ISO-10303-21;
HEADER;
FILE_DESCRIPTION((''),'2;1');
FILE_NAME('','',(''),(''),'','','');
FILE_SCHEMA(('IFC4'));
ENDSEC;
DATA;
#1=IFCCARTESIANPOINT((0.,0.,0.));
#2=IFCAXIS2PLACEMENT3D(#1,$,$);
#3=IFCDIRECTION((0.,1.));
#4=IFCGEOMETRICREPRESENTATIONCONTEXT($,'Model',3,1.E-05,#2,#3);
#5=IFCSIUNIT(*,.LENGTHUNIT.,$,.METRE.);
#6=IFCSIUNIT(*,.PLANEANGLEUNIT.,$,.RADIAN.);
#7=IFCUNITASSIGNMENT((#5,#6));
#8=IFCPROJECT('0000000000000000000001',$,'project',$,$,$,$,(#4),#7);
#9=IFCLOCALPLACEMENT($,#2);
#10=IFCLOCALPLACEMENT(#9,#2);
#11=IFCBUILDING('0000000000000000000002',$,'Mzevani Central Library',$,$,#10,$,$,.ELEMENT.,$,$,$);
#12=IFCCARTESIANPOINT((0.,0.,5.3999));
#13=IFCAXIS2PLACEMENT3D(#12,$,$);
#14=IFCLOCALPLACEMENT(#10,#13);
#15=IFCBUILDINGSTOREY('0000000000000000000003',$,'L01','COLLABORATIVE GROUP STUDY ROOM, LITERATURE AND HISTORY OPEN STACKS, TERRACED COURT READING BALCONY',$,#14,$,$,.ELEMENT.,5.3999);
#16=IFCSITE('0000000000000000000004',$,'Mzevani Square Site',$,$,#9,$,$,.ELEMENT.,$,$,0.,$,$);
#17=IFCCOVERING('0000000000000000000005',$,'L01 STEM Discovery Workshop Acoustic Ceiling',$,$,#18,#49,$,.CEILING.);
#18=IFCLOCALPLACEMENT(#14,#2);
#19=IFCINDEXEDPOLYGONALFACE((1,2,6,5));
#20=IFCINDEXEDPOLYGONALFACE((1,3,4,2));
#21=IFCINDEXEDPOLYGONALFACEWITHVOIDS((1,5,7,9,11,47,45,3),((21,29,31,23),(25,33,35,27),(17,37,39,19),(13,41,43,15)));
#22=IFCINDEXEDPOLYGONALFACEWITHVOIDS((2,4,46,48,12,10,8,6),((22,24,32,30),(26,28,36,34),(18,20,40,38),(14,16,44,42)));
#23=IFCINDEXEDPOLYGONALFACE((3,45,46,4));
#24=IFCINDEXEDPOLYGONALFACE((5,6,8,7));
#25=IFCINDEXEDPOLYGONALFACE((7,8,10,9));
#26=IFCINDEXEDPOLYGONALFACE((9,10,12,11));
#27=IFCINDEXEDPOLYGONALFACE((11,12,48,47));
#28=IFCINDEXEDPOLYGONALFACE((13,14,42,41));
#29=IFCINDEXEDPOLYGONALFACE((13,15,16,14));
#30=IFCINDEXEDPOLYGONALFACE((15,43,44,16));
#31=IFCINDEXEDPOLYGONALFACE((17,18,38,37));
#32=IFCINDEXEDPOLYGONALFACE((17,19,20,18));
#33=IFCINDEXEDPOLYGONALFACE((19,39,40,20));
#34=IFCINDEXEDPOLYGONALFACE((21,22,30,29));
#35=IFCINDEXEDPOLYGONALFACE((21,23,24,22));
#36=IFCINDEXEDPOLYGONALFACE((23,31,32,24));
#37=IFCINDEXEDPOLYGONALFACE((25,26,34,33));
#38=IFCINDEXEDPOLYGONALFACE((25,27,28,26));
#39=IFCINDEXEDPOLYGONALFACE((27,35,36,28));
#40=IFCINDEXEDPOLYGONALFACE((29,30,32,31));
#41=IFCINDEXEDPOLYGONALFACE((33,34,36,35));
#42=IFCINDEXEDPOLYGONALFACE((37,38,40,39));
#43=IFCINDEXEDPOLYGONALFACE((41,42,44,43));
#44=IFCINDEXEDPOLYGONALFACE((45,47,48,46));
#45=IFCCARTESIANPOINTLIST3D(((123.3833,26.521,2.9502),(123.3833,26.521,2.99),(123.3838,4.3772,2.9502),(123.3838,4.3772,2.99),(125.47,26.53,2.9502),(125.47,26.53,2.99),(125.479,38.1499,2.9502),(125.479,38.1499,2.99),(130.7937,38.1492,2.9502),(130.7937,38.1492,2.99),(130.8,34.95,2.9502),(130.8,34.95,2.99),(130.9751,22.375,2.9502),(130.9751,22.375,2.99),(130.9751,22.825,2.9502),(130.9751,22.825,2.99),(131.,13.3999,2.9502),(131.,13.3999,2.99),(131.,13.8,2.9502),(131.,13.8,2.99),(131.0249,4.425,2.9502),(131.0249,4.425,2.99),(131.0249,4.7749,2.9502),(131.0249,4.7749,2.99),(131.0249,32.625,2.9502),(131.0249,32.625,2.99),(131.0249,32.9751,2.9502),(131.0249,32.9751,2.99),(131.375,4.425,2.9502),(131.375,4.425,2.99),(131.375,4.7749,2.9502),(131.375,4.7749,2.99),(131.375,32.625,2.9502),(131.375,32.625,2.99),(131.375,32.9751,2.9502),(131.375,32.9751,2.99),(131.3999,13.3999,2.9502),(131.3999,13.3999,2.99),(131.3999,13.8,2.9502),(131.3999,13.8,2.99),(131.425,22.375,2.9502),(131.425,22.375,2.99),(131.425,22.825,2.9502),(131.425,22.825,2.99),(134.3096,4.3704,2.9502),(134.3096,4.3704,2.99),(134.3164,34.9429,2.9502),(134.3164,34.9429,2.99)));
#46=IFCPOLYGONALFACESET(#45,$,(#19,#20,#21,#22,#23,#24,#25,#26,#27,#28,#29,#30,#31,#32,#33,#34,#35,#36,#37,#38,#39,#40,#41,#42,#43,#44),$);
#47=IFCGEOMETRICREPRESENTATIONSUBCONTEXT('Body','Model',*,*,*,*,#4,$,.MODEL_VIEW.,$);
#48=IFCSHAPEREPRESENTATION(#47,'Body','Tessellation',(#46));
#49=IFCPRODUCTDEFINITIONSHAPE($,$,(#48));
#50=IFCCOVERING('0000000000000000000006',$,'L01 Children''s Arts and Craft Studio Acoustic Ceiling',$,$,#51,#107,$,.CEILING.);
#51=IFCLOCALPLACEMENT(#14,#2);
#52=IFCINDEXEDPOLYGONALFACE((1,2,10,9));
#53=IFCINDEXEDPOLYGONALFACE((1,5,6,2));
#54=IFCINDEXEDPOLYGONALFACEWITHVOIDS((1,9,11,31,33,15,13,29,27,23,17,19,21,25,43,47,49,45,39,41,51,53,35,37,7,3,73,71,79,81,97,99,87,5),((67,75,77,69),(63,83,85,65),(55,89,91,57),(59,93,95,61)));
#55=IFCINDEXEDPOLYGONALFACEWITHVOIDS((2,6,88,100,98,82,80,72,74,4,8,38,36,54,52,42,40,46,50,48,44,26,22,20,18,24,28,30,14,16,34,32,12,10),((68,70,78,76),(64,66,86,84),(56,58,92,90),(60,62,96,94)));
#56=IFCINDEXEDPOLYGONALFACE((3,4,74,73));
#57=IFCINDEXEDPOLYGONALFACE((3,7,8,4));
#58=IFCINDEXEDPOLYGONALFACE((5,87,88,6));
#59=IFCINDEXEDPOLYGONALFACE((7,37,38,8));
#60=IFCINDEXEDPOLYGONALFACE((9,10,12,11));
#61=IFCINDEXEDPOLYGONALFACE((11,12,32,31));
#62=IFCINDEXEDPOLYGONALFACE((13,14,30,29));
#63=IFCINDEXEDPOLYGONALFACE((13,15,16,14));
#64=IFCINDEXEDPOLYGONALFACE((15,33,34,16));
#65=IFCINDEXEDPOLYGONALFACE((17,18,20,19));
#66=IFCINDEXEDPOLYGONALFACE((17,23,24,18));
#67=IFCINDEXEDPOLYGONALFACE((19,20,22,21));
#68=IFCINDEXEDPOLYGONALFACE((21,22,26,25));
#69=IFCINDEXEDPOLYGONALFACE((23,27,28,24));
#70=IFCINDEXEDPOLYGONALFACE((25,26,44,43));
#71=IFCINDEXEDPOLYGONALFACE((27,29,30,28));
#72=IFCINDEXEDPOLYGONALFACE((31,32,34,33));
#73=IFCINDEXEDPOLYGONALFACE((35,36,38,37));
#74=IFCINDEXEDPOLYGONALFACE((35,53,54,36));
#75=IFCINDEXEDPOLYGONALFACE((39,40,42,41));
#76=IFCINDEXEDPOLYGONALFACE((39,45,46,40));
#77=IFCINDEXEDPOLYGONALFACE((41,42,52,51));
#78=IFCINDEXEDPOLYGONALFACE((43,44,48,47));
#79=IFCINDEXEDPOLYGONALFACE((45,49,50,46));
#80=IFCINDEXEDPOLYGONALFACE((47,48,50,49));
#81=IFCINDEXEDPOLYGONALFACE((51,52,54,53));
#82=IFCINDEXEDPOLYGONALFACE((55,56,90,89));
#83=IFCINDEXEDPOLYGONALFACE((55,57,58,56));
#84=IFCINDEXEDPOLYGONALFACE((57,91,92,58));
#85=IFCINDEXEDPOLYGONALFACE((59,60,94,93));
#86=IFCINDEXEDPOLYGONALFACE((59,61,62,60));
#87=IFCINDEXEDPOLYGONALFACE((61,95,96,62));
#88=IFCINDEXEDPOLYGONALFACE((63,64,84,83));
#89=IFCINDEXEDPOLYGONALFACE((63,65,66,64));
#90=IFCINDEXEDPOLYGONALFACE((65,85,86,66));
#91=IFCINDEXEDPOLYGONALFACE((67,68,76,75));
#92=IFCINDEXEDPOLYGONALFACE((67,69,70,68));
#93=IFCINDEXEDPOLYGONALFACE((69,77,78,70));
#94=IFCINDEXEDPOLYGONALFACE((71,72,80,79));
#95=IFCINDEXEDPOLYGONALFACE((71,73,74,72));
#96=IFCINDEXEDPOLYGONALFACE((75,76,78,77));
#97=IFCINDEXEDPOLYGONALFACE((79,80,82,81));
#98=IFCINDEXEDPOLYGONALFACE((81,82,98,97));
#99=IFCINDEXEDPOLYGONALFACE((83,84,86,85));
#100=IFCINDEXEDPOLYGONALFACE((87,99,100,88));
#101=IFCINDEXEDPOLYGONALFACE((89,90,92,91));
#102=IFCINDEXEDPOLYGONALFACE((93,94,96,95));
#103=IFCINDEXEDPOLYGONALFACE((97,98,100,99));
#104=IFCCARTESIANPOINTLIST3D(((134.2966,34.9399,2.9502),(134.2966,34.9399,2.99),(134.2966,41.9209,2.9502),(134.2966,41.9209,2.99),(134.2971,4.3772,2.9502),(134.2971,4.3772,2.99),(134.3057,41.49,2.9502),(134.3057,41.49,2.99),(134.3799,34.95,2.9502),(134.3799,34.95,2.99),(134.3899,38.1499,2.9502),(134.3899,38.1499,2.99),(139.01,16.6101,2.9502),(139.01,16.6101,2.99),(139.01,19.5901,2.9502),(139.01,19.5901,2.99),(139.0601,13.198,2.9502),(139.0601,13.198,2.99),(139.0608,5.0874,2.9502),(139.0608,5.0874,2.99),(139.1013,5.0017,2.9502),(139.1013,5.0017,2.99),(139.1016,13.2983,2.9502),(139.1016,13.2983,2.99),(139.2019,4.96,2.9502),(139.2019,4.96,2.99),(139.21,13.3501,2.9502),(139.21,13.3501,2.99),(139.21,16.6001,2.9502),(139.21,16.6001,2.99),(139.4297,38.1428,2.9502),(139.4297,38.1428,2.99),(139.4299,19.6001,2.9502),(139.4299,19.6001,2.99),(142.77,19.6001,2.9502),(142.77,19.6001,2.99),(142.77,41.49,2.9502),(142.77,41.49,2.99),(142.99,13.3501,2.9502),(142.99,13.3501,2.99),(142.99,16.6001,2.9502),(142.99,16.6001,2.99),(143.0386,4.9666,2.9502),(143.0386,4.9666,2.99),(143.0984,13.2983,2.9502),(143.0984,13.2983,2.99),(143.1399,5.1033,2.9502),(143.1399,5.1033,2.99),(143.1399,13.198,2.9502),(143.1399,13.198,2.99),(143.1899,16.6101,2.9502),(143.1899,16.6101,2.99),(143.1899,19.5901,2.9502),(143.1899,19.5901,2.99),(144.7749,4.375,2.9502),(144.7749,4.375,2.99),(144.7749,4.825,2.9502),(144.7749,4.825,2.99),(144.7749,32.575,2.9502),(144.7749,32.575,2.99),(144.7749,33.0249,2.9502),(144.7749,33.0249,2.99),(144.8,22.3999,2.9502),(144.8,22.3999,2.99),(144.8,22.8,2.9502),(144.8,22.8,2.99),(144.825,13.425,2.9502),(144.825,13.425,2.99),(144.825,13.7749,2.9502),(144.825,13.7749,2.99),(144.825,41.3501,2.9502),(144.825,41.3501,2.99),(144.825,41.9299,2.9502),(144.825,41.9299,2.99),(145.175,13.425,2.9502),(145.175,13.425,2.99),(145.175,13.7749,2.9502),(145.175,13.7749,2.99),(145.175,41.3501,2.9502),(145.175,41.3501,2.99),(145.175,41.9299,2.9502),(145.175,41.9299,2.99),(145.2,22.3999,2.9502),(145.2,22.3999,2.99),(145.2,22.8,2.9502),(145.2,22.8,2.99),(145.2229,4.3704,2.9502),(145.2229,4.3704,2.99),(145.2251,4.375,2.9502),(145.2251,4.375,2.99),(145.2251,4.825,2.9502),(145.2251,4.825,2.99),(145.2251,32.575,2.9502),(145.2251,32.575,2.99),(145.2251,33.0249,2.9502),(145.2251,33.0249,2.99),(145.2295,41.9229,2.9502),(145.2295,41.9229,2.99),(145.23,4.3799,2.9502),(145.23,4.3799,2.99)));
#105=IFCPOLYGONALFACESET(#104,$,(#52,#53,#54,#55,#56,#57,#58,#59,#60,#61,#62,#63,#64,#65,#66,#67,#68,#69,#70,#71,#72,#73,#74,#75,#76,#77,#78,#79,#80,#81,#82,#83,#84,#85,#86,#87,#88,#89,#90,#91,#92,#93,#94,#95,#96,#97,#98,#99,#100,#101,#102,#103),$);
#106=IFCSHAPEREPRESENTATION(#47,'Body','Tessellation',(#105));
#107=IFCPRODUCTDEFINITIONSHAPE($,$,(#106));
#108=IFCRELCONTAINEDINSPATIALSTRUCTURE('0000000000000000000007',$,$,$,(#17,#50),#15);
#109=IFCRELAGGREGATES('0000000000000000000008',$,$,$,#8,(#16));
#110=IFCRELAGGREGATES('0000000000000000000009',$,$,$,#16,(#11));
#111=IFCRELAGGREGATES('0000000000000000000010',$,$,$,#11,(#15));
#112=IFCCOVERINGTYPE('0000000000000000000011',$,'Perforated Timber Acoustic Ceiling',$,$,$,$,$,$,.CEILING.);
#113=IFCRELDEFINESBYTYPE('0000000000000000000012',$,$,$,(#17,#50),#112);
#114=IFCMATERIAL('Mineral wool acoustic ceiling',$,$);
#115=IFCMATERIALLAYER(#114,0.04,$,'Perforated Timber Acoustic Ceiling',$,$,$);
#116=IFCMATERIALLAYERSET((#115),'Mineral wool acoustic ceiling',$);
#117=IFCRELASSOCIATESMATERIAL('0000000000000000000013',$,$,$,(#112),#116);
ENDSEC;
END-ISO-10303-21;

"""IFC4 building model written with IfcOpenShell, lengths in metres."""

from ifc_helpers import new_model, si_unit, direction, frame, origin, place, context, subcontext, project, spatial, polyline, outline, extrude, material, layer, layer_set, type_object, element, save


model = new_model("IFC4")

# Units and contexts
model_context = context("Model", 3, precision=1e-05, world=origin(), true_north=direction((0.0, 1.0)))
body_context = subcontext(model_context, "Body", "Model", "MODEL_VIEW")
ifc_project = project(units=[si_unit("LENGTHUNIT", "METRE"), si_unit("PLANEANGLEUNIT", "RADIAN")], contexts=[model_context])

# Site, building, storey
site_placement = place(None, origin())
site = spatial("IfcSite", under=ifc_project, at=site_placement, Name="Mzevani Square Site", CompositionType="ELEMENT", RefElevation=0.0)
building_placement = place(site_placement, origin())
building = spatial("IfcBuilding", under=site, at=building_placement, Name="Mzevani Central Library", CompositionType="ELEMENT")
storey_placement = place(building_placement, frame((0.0, 0.0, 5.3999)))
storey = spatial("IfcBuildingStorey", under=building, at=storey_placement, Name="L01", Description="COLLABORATIVE GROUP STUDY ROOM, LITERATURE AND HISTORY OPEN STACKS, TERRACED COURT READING BALCONY", CompositionType="ELEMENT", Elevation=5.3999)

# Coverings
ifc_material_1 = material(Name="Mineral wool acoustic ceiling")
ifc_layer_1 = layer(ifc_material_1, 0.04, Name="Perforated Timber Acoustic Ceiling")
ifc_layer_set_1 = layer_set([ifc_layer_1], Name="Mineral wool acoustic ceiling")
covering_type_1 = type_object("IfcCoveringType", Name="Perforated Timber Acoustic Ceiling", PredefinedType="CEILING", material=ifc_layer_set_1)
covering_1_placement = place(storey_placement, frame((0.0, 0.0, 2.9502)))
element("IfcCovering", 1, at=covering_1_placement, inside=storey, type_object=covering_type_1, Name="L01 STEM Discovery Workshop Acoustic Ceiling", PredefinedType="CEILING", context=body_context, shape_type="SweptSolid", body=[
    extrude(outline(polyline([(125.479, 38.1499), (130.7937, 38.1492), (130.8, 34.95), (134.3164, 34.9429), (134.3096, 4.3704), (123.3838, 4.3772), (123.3833, 26.521), (125.47, 26.53), (125.479, 38.1499)]), holes=[polyline([(131.375, 4.425), (131.375, 4.7749), (131.0249, 4.7749), (131.0249, 4.425), (131.375, 4.425)]), polyline([(131.0, 13.3999), (131.3999, 13.3999), (131.3999, 13.8), (131.0, 13.8), (131.0, 13.3999)]), polyline([(130.9751, 22.825), (130.9751, 22.375), (131.425, 22.375), (131.425, 22.825), (130.9751, 22.825)]), polyline([(131.375, 32.9751), (131.0249, 32.9751), (131.0249, 32.625), (131.375, 32.625), (131.375, 32.9751)])]), origin(), (0.0, 0.0, 1.0), 0.0398),
])
covering_2_placement = place(storey_placement, frame((0.0, 0.0, 2.9502)))
element("IfcCovering", 2, at=covering_2_placement, inside=storey, type_object=covering_type_1, Name="L01 Children's Arts and Craft Studio Acoustic Ceiling", PredefinedType="CEILING", context=body_context, shape_type="SweptSolid", body=[
    extrude(outline(polyline([(134.3899, 38.1499), (139.4297, 38.1428), (139.4299, 19.6001), (139.01, 19.5901), (139.01, 16.6101), (139.21, 16.6001), (139.21, 13.3501), (139.1016, 13.2983), (139.0601, 13.198), (139.0608, 5.0874), (139.1013, 5.0017), (139.2019, 4.96), (143.0386, 4.9666), (143.1399, 5.1033), (143.1399, 13.198), (143.0984, 13.2983), (142.99, 13.3501), (142.99, 16.6001), (143.1899, 16.6101), (143.1899, 19.5901), (142.77, 19.6001), (142.77, 41.49), (134.3057, 41.49), (134.2966, 41.9209), (144.825, 41.9299), (144.825, 41.3501), (145.175, 41.3501), (145.175, 41.9299), (145.2295, 41.9229), (145.23, 4.3799), (145.2229, 4.3704), (134.2971, 4.3772), (134.2966, 34.9399), (134.3799, 34.95), (134.3899, 38.1499)]), holes=[polyline([(145.2251, 4.825), (144.7749, 4.825), (144.7749, 4.375), (145.2251, 4.375), (145.2251, 4.825)]), polyline([(145.175, 13.425), (145.175, 13.7749), (144.825, 13.7749), (144.825, 13.425), (145.175, 13.425)]), polyline([(144.8, 22.3999), (145.2, 22.3999), (145.2, 22.8), (144.8, 22.8), (144.8, 22.3999)]), polyline([(144.7749, 33.0249), (144.7749, 32.575), (145.2251, 32.575), (145.2251, 33.0249), (144.7749, 33.0249)])]), origin(), (0.0, 0.0, 1.0), 0.0398),
])

save(model, "model.ifc")
